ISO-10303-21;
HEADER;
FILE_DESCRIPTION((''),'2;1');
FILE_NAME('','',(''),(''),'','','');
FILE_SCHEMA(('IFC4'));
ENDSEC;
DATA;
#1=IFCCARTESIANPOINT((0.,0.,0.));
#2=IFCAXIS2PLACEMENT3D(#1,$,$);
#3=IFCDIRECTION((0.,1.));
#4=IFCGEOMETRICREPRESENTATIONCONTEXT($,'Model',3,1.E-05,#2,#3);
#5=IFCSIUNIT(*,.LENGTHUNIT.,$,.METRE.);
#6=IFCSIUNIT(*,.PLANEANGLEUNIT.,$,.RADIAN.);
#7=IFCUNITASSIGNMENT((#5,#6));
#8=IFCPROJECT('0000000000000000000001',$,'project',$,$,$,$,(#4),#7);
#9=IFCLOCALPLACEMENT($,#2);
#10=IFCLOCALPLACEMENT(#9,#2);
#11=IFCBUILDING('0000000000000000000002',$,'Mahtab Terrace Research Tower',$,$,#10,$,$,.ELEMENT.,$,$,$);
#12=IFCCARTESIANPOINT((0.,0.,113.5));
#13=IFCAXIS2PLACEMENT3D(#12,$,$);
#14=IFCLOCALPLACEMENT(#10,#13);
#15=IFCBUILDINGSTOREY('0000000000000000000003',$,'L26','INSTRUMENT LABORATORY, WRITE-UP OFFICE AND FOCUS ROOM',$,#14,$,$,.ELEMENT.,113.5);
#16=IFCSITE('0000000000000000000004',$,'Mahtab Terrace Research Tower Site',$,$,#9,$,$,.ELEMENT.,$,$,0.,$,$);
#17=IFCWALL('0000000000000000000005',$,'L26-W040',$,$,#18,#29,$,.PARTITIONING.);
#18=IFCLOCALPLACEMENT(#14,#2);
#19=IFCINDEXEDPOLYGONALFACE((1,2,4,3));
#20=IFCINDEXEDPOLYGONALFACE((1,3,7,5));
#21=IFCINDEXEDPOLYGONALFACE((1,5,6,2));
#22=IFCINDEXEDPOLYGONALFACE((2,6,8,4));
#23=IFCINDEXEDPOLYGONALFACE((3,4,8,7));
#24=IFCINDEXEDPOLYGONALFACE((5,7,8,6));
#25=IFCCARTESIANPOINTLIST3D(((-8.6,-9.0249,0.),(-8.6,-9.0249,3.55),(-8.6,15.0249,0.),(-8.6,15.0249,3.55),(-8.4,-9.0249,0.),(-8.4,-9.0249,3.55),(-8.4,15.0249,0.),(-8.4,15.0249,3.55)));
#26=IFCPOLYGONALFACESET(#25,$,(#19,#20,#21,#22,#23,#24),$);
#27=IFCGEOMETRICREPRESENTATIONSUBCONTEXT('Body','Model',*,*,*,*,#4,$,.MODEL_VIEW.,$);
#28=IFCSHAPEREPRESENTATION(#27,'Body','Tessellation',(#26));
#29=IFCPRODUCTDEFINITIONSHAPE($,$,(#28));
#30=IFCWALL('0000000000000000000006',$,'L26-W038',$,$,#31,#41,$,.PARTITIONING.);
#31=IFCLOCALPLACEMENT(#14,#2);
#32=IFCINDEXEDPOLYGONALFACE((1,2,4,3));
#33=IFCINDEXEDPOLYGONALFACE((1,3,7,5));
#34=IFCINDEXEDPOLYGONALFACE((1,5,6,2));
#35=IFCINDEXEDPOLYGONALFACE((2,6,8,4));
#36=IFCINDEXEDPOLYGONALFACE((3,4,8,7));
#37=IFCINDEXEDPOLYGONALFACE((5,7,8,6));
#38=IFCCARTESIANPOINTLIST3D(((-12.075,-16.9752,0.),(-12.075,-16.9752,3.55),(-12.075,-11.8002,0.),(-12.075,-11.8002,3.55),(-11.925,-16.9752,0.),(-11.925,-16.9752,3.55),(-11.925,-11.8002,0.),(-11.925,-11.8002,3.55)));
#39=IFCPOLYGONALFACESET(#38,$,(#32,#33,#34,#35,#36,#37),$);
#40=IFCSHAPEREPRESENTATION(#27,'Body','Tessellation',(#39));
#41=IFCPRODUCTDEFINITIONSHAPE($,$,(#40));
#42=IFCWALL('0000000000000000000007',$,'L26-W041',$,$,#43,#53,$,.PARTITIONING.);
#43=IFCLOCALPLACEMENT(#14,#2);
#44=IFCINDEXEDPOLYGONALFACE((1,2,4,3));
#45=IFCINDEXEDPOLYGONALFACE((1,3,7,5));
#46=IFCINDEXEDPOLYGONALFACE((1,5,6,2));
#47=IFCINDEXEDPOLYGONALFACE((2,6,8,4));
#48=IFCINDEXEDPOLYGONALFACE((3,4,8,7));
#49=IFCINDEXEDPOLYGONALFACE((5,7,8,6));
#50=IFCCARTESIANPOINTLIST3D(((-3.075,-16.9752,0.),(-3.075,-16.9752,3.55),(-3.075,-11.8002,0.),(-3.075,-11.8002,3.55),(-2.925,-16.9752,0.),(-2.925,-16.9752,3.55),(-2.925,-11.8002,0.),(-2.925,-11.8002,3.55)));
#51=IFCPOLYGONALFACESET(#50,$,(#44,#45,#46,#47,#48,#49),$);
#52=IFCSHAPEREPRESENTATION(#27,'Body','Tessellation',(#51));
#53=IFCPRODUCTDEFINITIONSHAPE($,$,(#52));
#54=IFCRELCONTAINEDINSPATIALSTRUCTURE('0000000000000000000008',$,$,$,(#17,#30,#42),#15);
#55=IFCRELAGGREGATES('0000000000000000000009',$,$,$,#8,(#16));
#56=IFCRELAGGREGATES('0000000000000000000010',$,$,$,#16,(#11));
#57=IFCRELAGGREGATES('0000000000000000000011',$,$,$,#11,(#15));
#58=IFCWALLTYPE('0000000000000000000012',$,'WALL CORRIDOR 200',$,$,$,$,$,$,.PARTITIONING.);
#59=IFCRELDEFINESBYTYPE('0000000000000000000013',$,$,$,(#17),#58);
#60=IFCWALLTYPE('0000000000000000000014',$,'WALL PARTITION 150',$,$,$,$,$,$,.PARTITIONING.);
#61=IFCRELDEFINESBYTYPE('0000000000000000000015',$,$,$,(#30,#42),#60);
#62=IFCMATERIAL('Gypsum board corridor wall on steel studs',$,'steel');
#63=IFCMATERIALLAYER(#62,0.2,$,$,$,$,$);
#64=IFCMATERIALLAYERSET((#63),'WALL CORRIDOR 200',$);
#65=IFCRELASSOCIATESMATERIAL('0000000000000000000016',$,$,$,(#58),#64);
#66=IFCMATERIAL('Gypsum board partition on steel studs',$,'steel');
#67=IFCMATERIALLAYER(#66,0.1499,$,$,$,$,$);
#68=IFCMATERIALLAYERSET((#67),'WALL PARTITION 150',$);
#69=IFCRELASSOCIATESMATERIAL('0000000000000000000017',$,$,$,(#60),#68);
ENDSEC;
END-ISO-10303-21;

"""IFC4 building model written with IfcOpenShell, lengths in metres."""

from ifc_helpers import new_model, si_unit, direction, frame, frame_2d, origin, place, context, subcontext, project, spatial, rectangle, extrude, material, layer, layer_set, type_object, element, save


model = new_model("IFC4")

# Units and contexts
model_context = context("Model", 3, precision=1e-05, world=origin(), true_north=direction((0.0, 1.0)))
body_context = subcontext(model_context, "Body", "Model", "MODEL_VIEW")
ifc_project = project(units=[si_unit("LENGTHUNIT", "METRE"), si_unit("PLANEANGLEUNIT", "RADIAN")], contexts=[model_context])

# Site, building, storey
site_placement = place(None, origin())
site = spatial("IfcSite", under=ifc_project, at=site_placement, Name="Mahtab Terrace Research Tower Site", CompositionType="ELEMENT", RefElevation=0.0)
building_placement = place(site_placement, origin())
building = spatial("IfcBuilding", under=site, at=building_placement, Name="Mahtab Terrace Research Tower", CompositionType="ELEMENT")
storey_placement = place(building_placement, frame((0.0, 0.0, 113.5)))
storey = spatial("IfcBuildingStorey", under=building, at=storey_placement, Name="L26", Description="INSTRUMENT LABORATORY, WRITE-UP OFFICE AND FOCUS ROOM", CompositionType="ELEMENT", Elevation=113.5)

# Shared definitions
ifc_material_1 = material(Name="Gypsum board corridor wall on steel studs", Category="steel")
ifc_layer_1 = layer(ifc_material_1, 0.2)
ifc_layer_set_1 = layer_set([ifc_layer_1], Name="WALL CORRIDOR 200")
wall_type_1 = type_object("IfcWallType", Name="WALL CORRIDOR 200", PredefinedType="PARTITIONING", material=ifc_layer_set_1)

# Walls
wall_1_placement = place(storey_placement, frame((-8.5, -9.0249, 0.0), z_axis=(0.0, 0.0, 1.0), x_axis=(0.0, 1.0, 0.0)))
element("IfcWall", 1, at=wall_1_placement, inside=storey, type_object=wall_type_1, Name="L26-W040", PredefinedType="PARTITIONING", context=body_context, shape_type="SweptSolid", body=[
    extrude(rectangle(XDim=24.0498, YDim=0.2, at=frame_2d((12.0249, 0.0))), origin(), (0.0, 0.0, 1.0), 3.55),
])
ifc_material_2 = material(Name="Gypsum board partition on steel studs", Category="steel")
ifc_layer_2 = layer(ifc_material_2, 0.1499)
ifc_layer_set_2 = layer_set([ifc_layer_2], Name="WALL PARTITION 150")
wall_type_2 = type_object("IfcWallType", Name="WALL PARTITION 150", PredefinedType="PARTITIONING", material=ifc_layer_set_2)
for number, where, z_axis, x_axis, name in (
    (2, (-12.0, -16.9751, 0.0), (0.0, 0.0, 1.0), (0.0, 1.0, 0.0), "L26-W038"),
    (3, (-3.0, -16.9751, 0.0), (0.0, 0.0, 1.0), (0.0, 1.0, 0.0), "L26-W041"),
):
    element("IfcWall", number, at=place(storey_placement, frame(where, z_axis=z_axis, x_axis=x_axis)), inside=storey, type_object=wall_type_2, Name=name, PredefinedType="PARTITIONING", context=body_context, shape_type="SweptSolid", body=[
        extrude(rectangle(XDim=5.175, YDim=0.1499, at=frame_2d((2.5874, 0.0))), origin(), (0.0, 0.0, 1.0), 3.55),
    ])

save(model, "model.ifc")
